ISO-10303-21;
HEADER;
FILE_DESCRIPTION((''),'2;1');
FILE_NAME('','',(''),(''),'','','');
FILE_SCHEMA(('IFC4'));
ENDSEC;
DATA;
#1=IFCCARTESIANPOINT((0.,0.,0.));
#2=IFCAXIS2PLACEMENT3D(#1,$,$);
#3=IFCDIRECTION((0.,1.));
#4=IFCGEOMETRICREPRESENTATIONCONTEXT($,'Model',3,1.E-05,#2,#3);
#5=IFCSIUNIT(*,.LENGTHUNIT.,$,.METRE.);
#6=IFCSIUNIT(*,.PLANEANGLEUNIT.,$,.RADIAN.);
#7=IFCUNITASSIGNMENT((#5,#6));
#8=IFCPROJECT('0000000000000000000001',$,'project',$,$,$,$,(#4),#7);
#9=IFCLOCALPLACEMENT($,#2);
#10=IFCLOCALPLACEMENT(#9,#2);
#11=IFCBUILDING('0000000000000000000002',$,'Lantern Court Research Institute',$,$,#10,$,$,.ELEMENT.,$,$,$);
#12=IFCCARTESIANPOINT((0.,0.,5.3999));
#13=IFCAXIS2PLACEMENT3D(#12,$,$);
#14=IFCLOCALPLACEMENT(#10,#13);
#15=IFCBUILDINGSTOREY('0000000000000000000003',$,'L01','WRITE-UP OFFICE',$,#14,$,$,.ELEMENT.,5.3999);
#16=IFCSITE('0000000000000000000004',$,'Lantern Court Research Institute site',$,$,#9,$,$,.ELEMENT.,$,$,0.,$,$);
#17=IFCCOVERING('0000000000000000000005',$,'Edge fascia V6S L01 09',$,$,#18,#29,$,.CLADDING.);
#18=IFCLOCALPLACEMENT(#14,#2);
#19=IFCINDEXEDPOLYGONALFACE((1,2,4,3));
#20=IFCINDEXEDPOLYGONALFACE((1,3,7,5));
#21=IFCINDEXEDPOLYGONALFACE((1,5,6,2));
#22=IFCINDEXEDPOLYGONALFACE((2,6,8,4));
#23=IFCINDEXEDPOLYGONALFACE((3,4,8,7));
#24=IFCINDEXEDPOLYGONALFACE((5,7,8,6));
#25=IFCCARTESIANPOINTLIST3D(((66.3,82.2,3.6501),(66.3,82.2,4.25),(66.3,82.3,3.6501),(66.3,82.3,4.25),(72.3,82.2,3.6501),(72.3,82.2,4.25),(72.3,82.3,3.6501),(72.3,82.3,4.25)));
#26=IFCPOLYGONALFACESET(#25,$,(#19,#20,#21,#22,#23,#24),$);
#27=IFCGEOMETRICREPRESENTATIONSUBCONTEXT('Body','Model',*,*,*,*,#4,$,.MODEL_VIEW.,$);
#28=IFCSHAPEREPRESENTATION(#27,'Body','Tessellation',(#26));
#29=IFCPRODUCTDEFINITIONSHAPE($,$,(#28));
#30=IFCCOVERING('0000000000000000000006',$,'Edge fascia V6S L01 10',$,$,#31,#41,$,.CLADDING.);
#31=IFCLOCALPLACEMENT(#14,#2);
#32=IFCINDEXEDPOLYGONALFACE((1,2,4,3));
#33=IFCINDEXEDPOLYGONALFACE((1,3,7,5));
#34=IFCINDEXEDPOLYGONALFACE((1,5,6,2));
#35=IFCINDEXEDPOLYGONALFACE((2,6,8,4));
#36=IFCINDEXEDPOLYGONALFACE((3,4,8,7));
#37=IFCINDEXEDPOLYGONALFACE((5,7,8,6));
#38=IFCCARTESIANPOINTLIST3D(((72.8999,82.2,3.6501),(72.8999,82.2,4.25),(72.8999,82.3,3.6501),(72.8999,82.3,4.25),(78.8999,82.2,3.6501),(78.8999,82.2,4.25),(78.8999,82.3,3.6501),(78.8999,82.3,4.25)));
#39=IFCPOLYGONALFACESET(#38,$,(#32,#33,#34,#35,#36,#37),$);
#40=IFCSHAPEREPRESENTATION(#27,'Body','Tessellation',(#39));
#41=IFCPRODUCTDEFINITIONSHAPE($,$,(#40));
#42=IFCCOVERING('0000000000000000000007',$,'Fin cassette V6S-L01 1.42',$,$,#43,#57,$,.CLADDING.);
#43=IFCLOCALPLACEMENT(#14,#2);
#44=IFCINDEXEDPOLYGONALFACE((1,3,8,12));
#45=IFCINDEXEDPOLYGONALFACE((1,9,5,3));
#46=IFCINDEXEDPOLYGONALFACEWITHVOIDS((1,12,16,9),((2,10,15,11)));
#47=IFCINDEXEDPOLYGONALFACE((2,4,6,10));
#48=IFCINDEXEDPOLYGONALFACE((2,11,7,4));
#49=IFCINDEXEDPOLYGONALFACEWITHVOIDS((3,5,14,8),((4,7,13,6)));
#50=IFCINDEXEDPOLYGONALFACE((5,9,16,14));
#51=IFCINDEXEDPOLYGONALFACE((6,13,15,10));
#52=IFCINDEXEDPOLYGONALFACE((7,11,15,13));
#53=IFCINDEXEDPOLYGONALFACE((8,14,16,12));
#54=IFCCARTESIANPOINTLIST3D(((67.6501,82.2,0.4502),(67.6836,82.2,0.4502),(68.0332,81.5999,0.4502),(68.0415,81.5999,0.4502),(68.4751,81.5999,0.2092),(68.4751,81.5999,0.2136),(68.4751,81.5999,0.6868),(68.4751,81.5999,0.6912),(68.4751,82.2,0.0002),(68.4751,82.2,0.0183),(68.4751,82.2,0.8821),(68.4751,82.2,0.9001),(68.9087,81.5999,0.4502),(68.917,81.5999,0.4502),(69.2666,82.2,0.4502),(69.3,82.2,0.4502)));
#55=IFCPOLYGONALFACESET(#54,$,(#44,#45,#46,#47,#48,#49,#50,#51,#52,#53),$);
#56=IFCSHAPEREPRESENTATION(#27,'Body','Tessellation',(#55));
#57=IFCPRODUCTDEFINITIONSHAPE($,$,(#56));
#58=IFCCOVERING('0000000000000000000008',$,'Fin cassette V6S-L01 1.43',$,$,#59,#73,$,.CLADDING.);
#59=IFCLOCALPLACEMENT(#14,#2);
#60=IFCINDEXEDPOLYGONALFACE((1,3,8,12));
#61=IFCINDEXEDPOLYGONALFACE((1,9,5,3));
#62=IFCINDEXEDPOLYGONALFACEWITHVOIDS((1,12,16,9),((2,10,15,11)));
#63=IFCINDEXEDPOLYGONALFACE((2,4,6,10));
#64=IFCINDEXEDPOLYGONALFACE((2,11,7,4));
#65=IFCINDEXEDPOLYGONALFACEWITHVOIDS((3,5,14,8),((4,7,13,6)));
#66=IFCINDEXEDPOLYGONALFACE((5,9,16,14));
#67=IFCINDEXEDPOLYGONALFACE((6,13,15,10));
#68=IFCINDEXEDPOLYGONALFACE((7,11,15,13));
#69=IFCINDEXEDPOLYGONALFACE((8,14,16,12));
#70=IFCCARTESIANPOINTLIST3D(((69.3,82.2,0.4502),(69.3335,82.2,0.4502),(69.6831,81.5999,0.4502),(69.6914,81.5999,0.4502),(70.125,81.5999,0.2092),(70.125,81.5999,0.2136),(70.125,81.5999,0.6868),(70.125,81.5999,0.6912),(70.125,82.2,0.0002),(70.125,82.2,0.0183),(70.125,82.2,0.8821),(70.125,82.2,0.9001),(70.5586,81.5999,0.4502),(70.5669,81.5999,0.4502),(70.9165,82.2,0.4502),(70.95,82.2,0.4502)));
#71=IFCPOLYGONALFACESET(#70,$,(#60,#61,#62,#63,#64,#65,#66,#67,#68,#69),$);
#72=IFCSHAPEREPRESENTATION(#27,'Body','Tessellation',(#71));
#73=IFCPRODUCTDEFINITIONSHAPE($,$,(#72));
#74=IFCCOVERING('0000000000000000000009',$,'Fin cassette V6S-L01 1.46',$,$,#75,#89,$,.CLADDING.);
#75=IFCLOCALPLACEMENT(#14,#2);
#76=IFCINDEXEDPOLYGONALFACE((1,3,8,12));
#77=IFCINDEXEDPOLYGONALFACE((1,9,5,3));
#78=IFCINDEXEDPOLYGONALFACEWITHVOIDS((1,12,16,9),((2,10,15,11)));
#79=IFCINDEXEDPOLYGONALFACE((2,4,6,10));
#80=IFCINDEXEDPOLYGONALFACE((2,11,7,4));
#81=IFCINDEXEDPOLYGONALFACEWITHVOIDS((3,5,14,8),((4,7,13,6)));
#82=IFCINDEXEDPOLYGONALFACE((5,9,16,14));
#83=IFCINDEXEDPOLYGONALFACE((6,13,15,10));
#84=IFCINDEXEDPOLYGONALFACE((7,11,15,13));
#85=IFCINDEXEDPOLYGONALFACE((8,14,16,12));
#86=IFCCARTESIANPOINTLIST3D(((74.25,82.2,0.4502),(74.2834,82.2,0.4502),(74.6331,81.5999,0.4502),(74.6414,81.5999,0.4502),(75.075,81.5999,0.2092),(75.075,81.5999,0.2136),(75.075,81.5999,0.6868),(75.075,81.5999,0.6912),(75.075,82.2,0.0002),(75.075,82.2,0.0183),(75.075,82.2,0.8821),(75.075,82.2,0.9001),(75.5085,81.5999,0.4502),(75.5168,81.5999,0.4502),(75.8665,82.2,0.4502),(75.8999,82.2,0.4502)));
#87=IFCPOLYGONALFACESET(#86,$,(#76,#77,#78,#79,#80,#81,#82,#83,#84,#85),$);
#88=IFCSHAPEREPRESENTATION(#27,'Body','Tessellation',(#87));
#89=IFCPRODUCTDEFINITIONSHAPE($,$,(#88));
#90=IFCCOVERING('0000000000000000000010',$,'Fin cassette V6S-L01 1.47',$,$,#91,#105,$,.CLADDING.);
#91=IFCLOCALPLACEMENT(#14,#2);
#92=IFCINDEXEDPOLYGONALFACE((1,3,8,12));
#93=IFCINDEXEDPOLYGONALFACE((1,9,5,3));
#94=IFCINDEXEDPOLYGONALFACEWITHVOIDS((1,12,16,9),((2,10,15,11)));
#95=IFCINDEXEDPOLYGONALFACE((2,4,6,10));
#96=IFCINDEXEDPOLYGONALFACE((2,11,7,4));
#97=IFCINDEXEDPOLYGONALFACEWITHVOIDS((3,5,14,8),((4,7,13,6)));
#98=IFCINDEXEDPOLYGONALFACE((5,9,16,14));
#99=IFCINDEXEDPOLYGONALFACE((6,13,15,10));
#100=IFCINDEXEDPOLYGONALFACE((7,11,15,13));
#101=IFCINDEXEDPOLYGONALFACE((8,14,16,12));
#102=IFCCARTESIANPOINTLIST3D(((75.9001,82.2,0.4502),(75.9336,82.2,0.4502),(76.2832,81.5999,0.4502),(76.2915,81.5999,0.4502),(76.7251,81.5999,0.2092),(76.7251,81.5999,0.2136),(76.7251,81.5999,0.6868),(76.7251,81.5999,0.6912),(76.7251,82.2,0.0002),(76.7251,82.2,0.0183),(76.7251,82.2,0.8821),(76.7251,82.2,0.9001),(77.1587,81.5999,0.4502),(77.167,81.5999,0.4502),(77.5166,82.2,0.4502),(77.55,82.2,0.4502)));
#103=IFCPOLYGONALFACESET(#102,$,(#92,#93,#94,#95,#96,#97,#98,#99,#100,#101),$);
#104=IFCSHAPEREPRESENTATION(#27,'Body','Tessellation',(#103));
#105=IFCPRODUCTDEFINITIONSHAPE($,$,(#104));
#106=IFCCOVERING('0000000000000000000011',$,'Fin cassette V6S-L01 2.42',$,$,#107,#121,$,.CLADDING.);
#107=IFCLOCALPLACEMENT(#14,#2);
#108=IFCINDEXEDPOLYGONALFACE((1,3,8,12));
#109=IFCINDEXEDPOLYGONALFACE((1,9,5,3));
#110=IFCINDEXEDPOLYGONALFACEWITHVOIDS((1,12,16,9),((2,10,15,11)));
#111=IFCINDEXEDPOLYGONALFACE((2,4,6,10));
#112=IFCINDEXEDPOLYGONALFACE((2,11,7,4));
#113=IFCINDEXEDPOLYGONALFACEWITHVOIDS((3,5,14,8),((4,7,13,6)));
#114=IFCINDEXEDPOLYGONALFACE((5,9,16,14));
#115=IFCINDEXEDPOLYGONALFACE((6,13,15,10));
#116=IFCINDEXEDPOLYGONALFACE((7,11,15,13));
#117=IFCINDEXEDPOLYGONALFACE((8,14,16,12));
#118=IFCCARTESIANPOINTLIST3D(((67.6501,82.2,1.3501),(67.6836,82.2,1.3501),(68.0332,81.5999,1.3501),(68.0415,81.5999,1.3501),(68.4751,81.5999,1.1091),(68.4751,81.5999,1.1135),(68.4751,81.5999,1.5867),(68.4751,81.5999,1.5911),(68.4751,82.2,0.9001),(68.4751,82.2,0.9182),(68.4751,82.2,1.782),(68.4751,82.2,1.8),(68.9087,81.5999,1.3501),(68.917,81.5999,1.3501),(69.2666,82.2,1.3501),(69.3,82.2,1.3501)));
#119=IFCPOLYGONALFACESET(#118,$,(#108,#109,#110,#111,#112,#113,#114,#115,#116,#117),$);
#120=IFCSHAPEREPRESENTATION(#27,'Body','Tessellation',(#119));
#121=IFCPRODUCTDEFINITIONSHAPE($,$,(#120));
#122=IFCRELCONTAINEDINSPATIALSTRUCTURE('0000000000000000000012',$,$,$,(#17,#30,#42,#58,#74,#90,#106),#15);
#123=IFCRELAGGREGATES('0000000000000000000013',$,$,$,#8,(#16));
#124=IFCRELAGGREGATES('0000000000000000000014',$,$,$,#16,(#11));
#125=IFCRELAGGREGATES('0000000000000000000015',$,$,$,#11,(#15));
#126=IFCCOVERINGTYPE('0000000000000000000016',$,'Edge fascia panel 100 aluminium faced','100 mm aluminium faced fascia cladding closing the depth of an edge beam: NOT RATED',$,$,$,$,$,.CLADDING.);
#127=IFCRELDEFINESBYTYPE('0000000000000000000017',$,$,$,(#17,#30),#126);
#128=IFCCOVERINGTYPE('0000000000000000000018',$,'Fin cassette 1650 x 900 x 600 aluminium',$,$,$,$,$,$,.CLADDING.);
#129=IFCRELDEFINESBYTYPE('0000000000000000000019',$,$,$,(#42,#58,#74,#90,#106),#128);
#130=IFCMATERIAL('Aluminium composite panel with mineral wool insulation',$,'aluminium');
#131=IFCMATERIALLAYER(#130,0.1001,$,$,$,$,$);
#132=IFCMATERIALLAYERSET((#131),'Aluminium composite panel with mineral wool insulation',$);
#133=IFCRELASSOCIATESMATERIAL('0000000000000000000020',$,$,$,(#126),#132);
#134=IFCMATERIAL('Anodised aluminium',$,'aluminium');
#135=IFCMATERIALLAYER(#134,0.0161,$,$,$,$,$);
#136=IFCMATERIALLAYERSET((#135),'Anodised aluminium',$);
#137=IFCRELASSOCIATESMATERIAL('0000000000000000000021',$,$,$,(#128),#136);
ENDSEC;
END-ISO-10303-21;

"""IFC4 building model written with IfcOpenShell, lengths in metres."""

from ifc_helpers import new_model, entity, si_unit, direction, frame, frame_2d, origin, place, context, subcontext, project, spatial, rectangle, extrude, material, layer, layer_set, type_object, element, save


model = new_model("IFC4")

# Units and contexts
model_context = context("Model", 3, precision=1e-05, world=origin(), true_north=direction((0.0, 1.0)))
body_context = subcontext(model_context, "Body", "Model", "MODEL_VIEW")
ifc_project = project(units=[si_unit("LENGTHUNIT", "METRE"), si_unit("PLANEANGLEUNIT", "RADIAN")], contexts=[model_context])

# Site, building, storey
site_placement = place(None, origin())
site = spatial("IfcSite", under=ifc_project, at=site_placement, Name="Lantern Court Research Institute site", CompositionType="ELEMENT", RefElevation=0.0)
building_placement = place(site_placement, origin())
building = spatial("IfcBuilding", under=site, at=building_placement, Name="Lantern Court Research Institute", CompositionType="ELEMENT")
storey_placement = place(building_placement, frame((0.0, 0.0, 5.3999)))
storey = spatial("IfcBuildingStorey", under=building, at=storey_placement, Name="L01", Description="WRITE-UP OFFICE", CompositionType="ELEMENT", Elevation=5.3999)

# Coverings
ifc_material_1 = material(Name="Aluminium composite panel with mineral wool insulation", Category="aluminium")
ifc_layer_1 = layer(ifc_material_1, 0.1001)
ifc_layer_set_1 = layer_set([ifc_layer_1], Name="Aluminium composite panel with mineral wool insulation")
covering_type_1 = type_object("IfcCoveringType", Name="Edge fascia panel 100 aluminium faced", Description="100 mm aluminium faced fascia cladding closing the depth of an edge beam: NOT RATED", PredefinedType="CLADDING", material=ifc_layer_set_1)
for number, where, z_axis, x_axis, name in (
    (1, (72.3, 82.25, 3.6501), (0.0, 0.0, 1.0), (-1.0, 0.0, 0.0), "Edge fascia V6S L01 09"),
    (2, (78.8999, 82.25, 3.6501), (0.0, 0.0, 1.0), (-1.0, 0.0, 0.0), "Edge fascia V6S L01 10"),
):
    element("IfcCovering", number, at=place(storey_placement, frame(where, z_axis=z_axis, x_axis=x_axis)), inside=storey, type_object=covering_type_1, Name=name, PredefinedType="CLADDING", context=body_context, shape_type="SweptSolid", body=[
        extrude(rectangle(XDim=6.0, YDim=0.1001, at=frame_2d((3.0, 0.0))), origin(), (0.0, 0.0, 1.0), 0.5999),
    ])
ifc_material_2 = material(Name="Anodised aluminium", Category="aluminium")
ifc_layer_2 = layer(ifc_material_2, 0.0161)
ifc_layer_set_2 = layer_set([ifc_layer_2], Name="Anodised aluminium")
covering_type_2 = type_object("IfcCoveringType", Name="Fin cassette 1650 x 900 x 600 aluminium", PredefinedType="CLADDING", material=ifc_layer_set_2)
covering_1_placement = place(storey_placement, frame((68.4751, 82.2, 0.4502), z_axis=(0.0, -1.0, 0.0), x_axis=(1.0, 0.0, 0.0)))
cartesian_point_1 = entity("IfcCartesianPoint", [0.825, 0.0])
cartesian_point_2 = entity("IfcCartesianPoint", [0.7915, 0.0])
cartesian_point_3 = entity("IfcCartesianPoint", [0.4419, 0.0])
cartesian_point_4 = entity("IfcCartesianPoint", [0.4336, 0.0])
element("IfcCovering", 3, at=covering_1_placement, inside=storey, type_object=covering_type_2, Name="Fin cassette V6S-L01 1.42", PredefinedType="CLADDING", context=body_context, shape_type="SweptSolid", body=[
    entity("IfcExtrudedAreaSolidTapered", entity("IfcArbitraryProfileDefWithVoids", "AREA", None, entity("IfcPolyline", [cartesian_point_1, entity("IfcCartesianPoint", [0.0, 0.45]), entity("IfcCartesianPoint", [-0.825, 0.0]), entity("IfcCartesianPoint", [0.0, -0.45]), cartesian_point_1]), [entity("IfcPolyline", [cartesian_point_2, entity("IfcCartesianPoint", [0.0, 0.4319]), entity("IfcCartesianPoint", [-0.7915, 0.0]), entity("IfcCartesianPoint", [0.0, -0.4319]), cartesian_point_2])]), entity("IfcAxis2Placement3D", entity("IfcCartesianPoint", [0.0, 0.0, 0.0])), entity("IfcDirection", [0.0, 0.0, 1.0]), 0.6001, entity("IfcArbitraryProfileDefWithVoids", "AREA", None, entity("IfcPolyline", [cartesian_point_3, entity("IfcCartesianPoint", [0.0, 0.241]), entity("IfcCartesianPoint", [-0.4419, 0.0]), entity("IfcCartesianPoint", [0.0, -0.241]), cartesian_point_3]), [entity("IfcPolyline", [cartesian_point_4, entity("IfcCartesianPoint", [0.0, 0.2366]), entity("IfcCartesianPoint", [-0.4336, 0.0]), entity("IfcCartesianPoint", [0.0, -0.2366]), cartesian_point_4])])),
])
covering_2_placement = place(storey_placement, frame((70.125, 82.2, 0.4502), z_axis=(0.0, -1.0, 0.0), x_axis=(1.0, 0.0, 0.0)))
cartesian_point_5 = entity("IfcCartesianPoint", [0.825, 0.0])
cartesian_point_6 = entity("IfcCartesianPoint", [0.7915, 0.0])
cartesian_point_7 = entity("IfcCartesianPoint", [0.4419, 0.0])
cartesian_point_8 = entity("IfcCartesianPoint", [0.4336, 0.0])
element("IfcCovering", 4, at=covering_2_placement, inside=storey, type_object=covering_type_2, Name="Fin cassette V6S-L01 1.43", PredefinedType="CLADDING", context=body_context, shape_type="SweptSolid", body=[
    entity("IfcExtrudedAreaSolidTapered", entity("IfcArbitraryProfileDefWithVoids", "AREA", None, entity("IfcPolyline", [cartesian_point_5, entity("IfcCartesianPoint", [0.0, 0.45]), entity("IfcCartesianPoint", [-0.825, 0.0]), entity("IfcCartesianPoint", [0.0, -0.45]), cartesian_point_5]), [entity("IfcPolyline", [cartesian_point_6, entity("IfcCartesianPoint", [0.0, 0.4319]), entity("IfcCartesianPoint", [-0.7915, 0.0]), entity("IfcCartesianPoint", [0.0, -0.4319]), cartesian_point_6])]), entity("IfcAxis2Placement3D", entity("IfcCartesianPoint", [0.0, 0.0, 0.0])), entity("IfcDirection", [0.0, 0.0, 1.0]), 0.6001, entity("IfcArbitraryProfileDefWithVoids", "AREA", None, entity("IfcPolyline", [cartesian_point_7, entity("IfcCartesianPoint", [0.0, 0.241]), entity("IfcCartesianPoint", [-0.4419, 0.0]), entity("IfcCartesianPoint", [0.0, -0.241]), cartesian_point_7]), [entity("IfcPolyline", [cartesian_point_8, entity("IfcCartesianPoint", [0.0, 0.2366]), entity("IfcCartesianPoint", [-0.4336, 0.0]), entity("IfcCartesianPoint", [0.0, -0.2366]), cartesian_point_8])])),
])
covering_3_placement = place(storey_placement, frame((75.075, 82.2, 0.4502), z_axis=(0.0, -1.0, 0.0), x_axis=(1.0, 0.0, 0.0)))
cartesian_point_9 = entity("IfcCartesianPoint", [0.825, 0.0])
cartesian_point_10 = entity("IfcCartesianPoint", [0.7915, 0.0])
cartesian_point_11 = entity("IfcCartesianPoint", [0.4419, 0.0])
cartesian_point_12 = entity("IfcCartesianPoint", [0.4336, 0.0])
element("IfcCovering", 5, at=covering_3_placement, inside=storey, type_object=covering_type_2, Name="Fin cassette V6S-L01 1.46", PredefinedType="CLADDING", context=body_context, shape_type="SweptSolid", body=[
    entity("IfcExtrudedAreaSolidTapered", entity("IfcArbitraryProfileDefWithVoids", "AREA", None, entity("IfcPolyline", [cartesian_point_9, entity("IfcCartesianPoint", [0.0, 0.45]), entity("IfcCartesianPoint", [-0.825, 0.0]), entity("IfcCartesianPoint", [0.0, -0.45]), cartesian_point_9]), [entity("IfcPolyline", [cartesian_point_10, entity("IfcCartesianPoint", [0.0, 0.4319]), entity("IfcCartesianPoint", [-0.7915, 0.0]), entity("IfcCartesianPoint", [0.0, -0.4319]), cartesian_point_10])]), entity("IfcAxis2Placement3D", entity("IfcCartesianPoint", [0.0, 0.0, 0.0])), entity("IfcDirection", [0.0, 0.0, 1.0]), 0.6001, entity("IfcArbitraryProfileDefWithVoids", "AREA", None, entity("IfcPolyline", [cartesian_point_11, entity("IfcCartesianPoint", [0.0, 0.241]), entity("IfcCartesianPoint", [-0.4419, 0.0]), entity("IfcCartesianPoint", [0.0, -0.241]), cartesian_point_11]), [entity("IfcPolyline", [cartesian_point_12, entity("IfcCartesianPoint", [0.0, 0.2366]), entity("IfcCartesianPoint", [-0.4336, 0.0]), entity("IfcCartesianPoint", [0.0, -0.2366]), cartesian_point_12])])),
])
covering_4_placement = place(storey_placement, frame((76.7251, 82.2, 0.4502), z_axis=(0.0, -1.0, 0.0), x_axis=(1.0, 0.0, 0.0)))
cartesian_point_13 = entity("IfcCartesianPoint", [0.825, 0.0])
cartesian_point_14 = entity("IfcCartesianPoint", [0.7915, 0.0])
cartesian_point_15 = entity("IfcCartesianPoint", [0.4419, 0.0])
cartesian_point_16 = entity("IfcCartesianPoint", [0.4336, 0.0])
element("IfcCovering", 6, at=covering_4_placement, inside=storey, type_object=covering_type_2, Name="Fin cassette V6S-L01 1.47", PredefinedType="CLADDING", context=body_context, shape_type="SweptSolid", body=[
    entity("IfcExtrudedAreaSolidTapered", entity("IfcArbitraryProfileDefWithVoids", "AREA", None, entity("IfcPolyline", [cartesian_point_13, entity("IfcCartesianPoint", [0.0, 0.45]), entity("IfcCartesianPoint", [-0.825, 0.0]), entity("IfcCartesianPoint", [0.0, -0.45]), cartesian_point_13]), [entity("IfcPolyline", [cartesian_point_14, entity("IfcCartesianPoint", [0.0, 0.4319]), entity("IfcCartesianPoint", [-0.7915, 0.0]), entity("IfcCartesianPoint", [0.0, -0.4319]), cartesian_point_14])]), entity("IfcAxis2Placement3D", entity("IfcCartesianPoint", [0.0, 0.0, 0.0])), entity("IfcDirection", [0.0, 0.0, 1.0]), 0.6001, entity("IfcArbitraryProfileDefWithVoids", "AREA", None, entity("IfcPolyline", [cartesian_point_15, entity("IfcCartesianPoint", [0.0, 0.241]), entity("IfcCartesianPoint", [-0.4419, 0.0]), entity("IfcCartesianPoint", [0.0, -0.241]), cartesian_point_15]), [entity("IfcPolyline", [cartesian_point_16, entity("IfcCartesianPoint", [0.0, 0.2366]), entity("IfcCartesianPoint", [-0.4336, 0.0]), entity("IfcCartesianPoint", [0.0, -0.2366]), cartesian_point_16])])),
])
covering_5_placement = place(storey_placement, frame((68.4751, 82.2, 1.3501), z_axis=(0.0, -1.0, 0.0), x_axis=(1.0, 0.0, 0.0)))
cartesian_point_17 = entity("IfcCartesianPoint", [0.825, 0.0])
cartesian_point_18 = entity("IfcCartesianPoint", [0.7915, 0.0])
cartesian_point_19 = entity("IfcCartesianPoint", [0.4419, 0.0])
cartesian_point_20 = entity("IfcCartesianPoint", [0.4336, 0.0])
element("IfcCovering", 7, at=covering_5_placement, inside=storey, type_object=covering_type_2, Name="Fin cassette V6S-L01 2.42", PredefinedType="CLADDING", context=body_context, shape_type="SweptSolid", body=[
    entity("IfcExtrudedAreaSolidTapered", entity("IfcArbitraryProfileDefWithVoids", "AREA", None, entity("IfcPolyline", [cartesian_point_17, entity("IfcCartesianPoint", [0.0, 0.45]), entity("IfcCartesianPoint", [-0.825, 0.0]), entity("IfcCartesianPoint", [0.0, -0.45]), cartesian_point_17]), [entity("IfcPolyline", [cartesian_point_18, entity("IfcCartesianPoint", [0.0, 0.4319]), entity("IfcCartesianPoint", [-0.7915, 0.0]), entity("IfcCartesianPoint", [0.0, -0.4319]), cartesian_point_18])]), entity("IfcAxis2Placement3D", entity("IfcCartesianPoint", [0.0, 0.0, 0.0])), entity("IfcDirection", [0.0, 0.0, 1.0]), 0.6001, entity("IfcArbitraryProfileDefWithVoids", "AREA", None, entity("IfcPolyline", [cartesian_point_19, entity("IfcCartesianPoint", [0.0, 0.241]), entity("IfcCartesianPoint", [-0.4419, 0.0]), entity("IfcCartesianPoint", [0.0, -0.241]), cartesian_point_19]), [entity("IfcPolyline", [cartesian_point_20, entity("IfcCartesianPoint", [0.0, 0.2366]), entity("IfcCartesianPoint", [-0.4336, 0.0]), entity("IfcCartesianPoint", [0.0, -0.2366]), cartesian_point_20])])),
])

save(model, "model.ifc")
